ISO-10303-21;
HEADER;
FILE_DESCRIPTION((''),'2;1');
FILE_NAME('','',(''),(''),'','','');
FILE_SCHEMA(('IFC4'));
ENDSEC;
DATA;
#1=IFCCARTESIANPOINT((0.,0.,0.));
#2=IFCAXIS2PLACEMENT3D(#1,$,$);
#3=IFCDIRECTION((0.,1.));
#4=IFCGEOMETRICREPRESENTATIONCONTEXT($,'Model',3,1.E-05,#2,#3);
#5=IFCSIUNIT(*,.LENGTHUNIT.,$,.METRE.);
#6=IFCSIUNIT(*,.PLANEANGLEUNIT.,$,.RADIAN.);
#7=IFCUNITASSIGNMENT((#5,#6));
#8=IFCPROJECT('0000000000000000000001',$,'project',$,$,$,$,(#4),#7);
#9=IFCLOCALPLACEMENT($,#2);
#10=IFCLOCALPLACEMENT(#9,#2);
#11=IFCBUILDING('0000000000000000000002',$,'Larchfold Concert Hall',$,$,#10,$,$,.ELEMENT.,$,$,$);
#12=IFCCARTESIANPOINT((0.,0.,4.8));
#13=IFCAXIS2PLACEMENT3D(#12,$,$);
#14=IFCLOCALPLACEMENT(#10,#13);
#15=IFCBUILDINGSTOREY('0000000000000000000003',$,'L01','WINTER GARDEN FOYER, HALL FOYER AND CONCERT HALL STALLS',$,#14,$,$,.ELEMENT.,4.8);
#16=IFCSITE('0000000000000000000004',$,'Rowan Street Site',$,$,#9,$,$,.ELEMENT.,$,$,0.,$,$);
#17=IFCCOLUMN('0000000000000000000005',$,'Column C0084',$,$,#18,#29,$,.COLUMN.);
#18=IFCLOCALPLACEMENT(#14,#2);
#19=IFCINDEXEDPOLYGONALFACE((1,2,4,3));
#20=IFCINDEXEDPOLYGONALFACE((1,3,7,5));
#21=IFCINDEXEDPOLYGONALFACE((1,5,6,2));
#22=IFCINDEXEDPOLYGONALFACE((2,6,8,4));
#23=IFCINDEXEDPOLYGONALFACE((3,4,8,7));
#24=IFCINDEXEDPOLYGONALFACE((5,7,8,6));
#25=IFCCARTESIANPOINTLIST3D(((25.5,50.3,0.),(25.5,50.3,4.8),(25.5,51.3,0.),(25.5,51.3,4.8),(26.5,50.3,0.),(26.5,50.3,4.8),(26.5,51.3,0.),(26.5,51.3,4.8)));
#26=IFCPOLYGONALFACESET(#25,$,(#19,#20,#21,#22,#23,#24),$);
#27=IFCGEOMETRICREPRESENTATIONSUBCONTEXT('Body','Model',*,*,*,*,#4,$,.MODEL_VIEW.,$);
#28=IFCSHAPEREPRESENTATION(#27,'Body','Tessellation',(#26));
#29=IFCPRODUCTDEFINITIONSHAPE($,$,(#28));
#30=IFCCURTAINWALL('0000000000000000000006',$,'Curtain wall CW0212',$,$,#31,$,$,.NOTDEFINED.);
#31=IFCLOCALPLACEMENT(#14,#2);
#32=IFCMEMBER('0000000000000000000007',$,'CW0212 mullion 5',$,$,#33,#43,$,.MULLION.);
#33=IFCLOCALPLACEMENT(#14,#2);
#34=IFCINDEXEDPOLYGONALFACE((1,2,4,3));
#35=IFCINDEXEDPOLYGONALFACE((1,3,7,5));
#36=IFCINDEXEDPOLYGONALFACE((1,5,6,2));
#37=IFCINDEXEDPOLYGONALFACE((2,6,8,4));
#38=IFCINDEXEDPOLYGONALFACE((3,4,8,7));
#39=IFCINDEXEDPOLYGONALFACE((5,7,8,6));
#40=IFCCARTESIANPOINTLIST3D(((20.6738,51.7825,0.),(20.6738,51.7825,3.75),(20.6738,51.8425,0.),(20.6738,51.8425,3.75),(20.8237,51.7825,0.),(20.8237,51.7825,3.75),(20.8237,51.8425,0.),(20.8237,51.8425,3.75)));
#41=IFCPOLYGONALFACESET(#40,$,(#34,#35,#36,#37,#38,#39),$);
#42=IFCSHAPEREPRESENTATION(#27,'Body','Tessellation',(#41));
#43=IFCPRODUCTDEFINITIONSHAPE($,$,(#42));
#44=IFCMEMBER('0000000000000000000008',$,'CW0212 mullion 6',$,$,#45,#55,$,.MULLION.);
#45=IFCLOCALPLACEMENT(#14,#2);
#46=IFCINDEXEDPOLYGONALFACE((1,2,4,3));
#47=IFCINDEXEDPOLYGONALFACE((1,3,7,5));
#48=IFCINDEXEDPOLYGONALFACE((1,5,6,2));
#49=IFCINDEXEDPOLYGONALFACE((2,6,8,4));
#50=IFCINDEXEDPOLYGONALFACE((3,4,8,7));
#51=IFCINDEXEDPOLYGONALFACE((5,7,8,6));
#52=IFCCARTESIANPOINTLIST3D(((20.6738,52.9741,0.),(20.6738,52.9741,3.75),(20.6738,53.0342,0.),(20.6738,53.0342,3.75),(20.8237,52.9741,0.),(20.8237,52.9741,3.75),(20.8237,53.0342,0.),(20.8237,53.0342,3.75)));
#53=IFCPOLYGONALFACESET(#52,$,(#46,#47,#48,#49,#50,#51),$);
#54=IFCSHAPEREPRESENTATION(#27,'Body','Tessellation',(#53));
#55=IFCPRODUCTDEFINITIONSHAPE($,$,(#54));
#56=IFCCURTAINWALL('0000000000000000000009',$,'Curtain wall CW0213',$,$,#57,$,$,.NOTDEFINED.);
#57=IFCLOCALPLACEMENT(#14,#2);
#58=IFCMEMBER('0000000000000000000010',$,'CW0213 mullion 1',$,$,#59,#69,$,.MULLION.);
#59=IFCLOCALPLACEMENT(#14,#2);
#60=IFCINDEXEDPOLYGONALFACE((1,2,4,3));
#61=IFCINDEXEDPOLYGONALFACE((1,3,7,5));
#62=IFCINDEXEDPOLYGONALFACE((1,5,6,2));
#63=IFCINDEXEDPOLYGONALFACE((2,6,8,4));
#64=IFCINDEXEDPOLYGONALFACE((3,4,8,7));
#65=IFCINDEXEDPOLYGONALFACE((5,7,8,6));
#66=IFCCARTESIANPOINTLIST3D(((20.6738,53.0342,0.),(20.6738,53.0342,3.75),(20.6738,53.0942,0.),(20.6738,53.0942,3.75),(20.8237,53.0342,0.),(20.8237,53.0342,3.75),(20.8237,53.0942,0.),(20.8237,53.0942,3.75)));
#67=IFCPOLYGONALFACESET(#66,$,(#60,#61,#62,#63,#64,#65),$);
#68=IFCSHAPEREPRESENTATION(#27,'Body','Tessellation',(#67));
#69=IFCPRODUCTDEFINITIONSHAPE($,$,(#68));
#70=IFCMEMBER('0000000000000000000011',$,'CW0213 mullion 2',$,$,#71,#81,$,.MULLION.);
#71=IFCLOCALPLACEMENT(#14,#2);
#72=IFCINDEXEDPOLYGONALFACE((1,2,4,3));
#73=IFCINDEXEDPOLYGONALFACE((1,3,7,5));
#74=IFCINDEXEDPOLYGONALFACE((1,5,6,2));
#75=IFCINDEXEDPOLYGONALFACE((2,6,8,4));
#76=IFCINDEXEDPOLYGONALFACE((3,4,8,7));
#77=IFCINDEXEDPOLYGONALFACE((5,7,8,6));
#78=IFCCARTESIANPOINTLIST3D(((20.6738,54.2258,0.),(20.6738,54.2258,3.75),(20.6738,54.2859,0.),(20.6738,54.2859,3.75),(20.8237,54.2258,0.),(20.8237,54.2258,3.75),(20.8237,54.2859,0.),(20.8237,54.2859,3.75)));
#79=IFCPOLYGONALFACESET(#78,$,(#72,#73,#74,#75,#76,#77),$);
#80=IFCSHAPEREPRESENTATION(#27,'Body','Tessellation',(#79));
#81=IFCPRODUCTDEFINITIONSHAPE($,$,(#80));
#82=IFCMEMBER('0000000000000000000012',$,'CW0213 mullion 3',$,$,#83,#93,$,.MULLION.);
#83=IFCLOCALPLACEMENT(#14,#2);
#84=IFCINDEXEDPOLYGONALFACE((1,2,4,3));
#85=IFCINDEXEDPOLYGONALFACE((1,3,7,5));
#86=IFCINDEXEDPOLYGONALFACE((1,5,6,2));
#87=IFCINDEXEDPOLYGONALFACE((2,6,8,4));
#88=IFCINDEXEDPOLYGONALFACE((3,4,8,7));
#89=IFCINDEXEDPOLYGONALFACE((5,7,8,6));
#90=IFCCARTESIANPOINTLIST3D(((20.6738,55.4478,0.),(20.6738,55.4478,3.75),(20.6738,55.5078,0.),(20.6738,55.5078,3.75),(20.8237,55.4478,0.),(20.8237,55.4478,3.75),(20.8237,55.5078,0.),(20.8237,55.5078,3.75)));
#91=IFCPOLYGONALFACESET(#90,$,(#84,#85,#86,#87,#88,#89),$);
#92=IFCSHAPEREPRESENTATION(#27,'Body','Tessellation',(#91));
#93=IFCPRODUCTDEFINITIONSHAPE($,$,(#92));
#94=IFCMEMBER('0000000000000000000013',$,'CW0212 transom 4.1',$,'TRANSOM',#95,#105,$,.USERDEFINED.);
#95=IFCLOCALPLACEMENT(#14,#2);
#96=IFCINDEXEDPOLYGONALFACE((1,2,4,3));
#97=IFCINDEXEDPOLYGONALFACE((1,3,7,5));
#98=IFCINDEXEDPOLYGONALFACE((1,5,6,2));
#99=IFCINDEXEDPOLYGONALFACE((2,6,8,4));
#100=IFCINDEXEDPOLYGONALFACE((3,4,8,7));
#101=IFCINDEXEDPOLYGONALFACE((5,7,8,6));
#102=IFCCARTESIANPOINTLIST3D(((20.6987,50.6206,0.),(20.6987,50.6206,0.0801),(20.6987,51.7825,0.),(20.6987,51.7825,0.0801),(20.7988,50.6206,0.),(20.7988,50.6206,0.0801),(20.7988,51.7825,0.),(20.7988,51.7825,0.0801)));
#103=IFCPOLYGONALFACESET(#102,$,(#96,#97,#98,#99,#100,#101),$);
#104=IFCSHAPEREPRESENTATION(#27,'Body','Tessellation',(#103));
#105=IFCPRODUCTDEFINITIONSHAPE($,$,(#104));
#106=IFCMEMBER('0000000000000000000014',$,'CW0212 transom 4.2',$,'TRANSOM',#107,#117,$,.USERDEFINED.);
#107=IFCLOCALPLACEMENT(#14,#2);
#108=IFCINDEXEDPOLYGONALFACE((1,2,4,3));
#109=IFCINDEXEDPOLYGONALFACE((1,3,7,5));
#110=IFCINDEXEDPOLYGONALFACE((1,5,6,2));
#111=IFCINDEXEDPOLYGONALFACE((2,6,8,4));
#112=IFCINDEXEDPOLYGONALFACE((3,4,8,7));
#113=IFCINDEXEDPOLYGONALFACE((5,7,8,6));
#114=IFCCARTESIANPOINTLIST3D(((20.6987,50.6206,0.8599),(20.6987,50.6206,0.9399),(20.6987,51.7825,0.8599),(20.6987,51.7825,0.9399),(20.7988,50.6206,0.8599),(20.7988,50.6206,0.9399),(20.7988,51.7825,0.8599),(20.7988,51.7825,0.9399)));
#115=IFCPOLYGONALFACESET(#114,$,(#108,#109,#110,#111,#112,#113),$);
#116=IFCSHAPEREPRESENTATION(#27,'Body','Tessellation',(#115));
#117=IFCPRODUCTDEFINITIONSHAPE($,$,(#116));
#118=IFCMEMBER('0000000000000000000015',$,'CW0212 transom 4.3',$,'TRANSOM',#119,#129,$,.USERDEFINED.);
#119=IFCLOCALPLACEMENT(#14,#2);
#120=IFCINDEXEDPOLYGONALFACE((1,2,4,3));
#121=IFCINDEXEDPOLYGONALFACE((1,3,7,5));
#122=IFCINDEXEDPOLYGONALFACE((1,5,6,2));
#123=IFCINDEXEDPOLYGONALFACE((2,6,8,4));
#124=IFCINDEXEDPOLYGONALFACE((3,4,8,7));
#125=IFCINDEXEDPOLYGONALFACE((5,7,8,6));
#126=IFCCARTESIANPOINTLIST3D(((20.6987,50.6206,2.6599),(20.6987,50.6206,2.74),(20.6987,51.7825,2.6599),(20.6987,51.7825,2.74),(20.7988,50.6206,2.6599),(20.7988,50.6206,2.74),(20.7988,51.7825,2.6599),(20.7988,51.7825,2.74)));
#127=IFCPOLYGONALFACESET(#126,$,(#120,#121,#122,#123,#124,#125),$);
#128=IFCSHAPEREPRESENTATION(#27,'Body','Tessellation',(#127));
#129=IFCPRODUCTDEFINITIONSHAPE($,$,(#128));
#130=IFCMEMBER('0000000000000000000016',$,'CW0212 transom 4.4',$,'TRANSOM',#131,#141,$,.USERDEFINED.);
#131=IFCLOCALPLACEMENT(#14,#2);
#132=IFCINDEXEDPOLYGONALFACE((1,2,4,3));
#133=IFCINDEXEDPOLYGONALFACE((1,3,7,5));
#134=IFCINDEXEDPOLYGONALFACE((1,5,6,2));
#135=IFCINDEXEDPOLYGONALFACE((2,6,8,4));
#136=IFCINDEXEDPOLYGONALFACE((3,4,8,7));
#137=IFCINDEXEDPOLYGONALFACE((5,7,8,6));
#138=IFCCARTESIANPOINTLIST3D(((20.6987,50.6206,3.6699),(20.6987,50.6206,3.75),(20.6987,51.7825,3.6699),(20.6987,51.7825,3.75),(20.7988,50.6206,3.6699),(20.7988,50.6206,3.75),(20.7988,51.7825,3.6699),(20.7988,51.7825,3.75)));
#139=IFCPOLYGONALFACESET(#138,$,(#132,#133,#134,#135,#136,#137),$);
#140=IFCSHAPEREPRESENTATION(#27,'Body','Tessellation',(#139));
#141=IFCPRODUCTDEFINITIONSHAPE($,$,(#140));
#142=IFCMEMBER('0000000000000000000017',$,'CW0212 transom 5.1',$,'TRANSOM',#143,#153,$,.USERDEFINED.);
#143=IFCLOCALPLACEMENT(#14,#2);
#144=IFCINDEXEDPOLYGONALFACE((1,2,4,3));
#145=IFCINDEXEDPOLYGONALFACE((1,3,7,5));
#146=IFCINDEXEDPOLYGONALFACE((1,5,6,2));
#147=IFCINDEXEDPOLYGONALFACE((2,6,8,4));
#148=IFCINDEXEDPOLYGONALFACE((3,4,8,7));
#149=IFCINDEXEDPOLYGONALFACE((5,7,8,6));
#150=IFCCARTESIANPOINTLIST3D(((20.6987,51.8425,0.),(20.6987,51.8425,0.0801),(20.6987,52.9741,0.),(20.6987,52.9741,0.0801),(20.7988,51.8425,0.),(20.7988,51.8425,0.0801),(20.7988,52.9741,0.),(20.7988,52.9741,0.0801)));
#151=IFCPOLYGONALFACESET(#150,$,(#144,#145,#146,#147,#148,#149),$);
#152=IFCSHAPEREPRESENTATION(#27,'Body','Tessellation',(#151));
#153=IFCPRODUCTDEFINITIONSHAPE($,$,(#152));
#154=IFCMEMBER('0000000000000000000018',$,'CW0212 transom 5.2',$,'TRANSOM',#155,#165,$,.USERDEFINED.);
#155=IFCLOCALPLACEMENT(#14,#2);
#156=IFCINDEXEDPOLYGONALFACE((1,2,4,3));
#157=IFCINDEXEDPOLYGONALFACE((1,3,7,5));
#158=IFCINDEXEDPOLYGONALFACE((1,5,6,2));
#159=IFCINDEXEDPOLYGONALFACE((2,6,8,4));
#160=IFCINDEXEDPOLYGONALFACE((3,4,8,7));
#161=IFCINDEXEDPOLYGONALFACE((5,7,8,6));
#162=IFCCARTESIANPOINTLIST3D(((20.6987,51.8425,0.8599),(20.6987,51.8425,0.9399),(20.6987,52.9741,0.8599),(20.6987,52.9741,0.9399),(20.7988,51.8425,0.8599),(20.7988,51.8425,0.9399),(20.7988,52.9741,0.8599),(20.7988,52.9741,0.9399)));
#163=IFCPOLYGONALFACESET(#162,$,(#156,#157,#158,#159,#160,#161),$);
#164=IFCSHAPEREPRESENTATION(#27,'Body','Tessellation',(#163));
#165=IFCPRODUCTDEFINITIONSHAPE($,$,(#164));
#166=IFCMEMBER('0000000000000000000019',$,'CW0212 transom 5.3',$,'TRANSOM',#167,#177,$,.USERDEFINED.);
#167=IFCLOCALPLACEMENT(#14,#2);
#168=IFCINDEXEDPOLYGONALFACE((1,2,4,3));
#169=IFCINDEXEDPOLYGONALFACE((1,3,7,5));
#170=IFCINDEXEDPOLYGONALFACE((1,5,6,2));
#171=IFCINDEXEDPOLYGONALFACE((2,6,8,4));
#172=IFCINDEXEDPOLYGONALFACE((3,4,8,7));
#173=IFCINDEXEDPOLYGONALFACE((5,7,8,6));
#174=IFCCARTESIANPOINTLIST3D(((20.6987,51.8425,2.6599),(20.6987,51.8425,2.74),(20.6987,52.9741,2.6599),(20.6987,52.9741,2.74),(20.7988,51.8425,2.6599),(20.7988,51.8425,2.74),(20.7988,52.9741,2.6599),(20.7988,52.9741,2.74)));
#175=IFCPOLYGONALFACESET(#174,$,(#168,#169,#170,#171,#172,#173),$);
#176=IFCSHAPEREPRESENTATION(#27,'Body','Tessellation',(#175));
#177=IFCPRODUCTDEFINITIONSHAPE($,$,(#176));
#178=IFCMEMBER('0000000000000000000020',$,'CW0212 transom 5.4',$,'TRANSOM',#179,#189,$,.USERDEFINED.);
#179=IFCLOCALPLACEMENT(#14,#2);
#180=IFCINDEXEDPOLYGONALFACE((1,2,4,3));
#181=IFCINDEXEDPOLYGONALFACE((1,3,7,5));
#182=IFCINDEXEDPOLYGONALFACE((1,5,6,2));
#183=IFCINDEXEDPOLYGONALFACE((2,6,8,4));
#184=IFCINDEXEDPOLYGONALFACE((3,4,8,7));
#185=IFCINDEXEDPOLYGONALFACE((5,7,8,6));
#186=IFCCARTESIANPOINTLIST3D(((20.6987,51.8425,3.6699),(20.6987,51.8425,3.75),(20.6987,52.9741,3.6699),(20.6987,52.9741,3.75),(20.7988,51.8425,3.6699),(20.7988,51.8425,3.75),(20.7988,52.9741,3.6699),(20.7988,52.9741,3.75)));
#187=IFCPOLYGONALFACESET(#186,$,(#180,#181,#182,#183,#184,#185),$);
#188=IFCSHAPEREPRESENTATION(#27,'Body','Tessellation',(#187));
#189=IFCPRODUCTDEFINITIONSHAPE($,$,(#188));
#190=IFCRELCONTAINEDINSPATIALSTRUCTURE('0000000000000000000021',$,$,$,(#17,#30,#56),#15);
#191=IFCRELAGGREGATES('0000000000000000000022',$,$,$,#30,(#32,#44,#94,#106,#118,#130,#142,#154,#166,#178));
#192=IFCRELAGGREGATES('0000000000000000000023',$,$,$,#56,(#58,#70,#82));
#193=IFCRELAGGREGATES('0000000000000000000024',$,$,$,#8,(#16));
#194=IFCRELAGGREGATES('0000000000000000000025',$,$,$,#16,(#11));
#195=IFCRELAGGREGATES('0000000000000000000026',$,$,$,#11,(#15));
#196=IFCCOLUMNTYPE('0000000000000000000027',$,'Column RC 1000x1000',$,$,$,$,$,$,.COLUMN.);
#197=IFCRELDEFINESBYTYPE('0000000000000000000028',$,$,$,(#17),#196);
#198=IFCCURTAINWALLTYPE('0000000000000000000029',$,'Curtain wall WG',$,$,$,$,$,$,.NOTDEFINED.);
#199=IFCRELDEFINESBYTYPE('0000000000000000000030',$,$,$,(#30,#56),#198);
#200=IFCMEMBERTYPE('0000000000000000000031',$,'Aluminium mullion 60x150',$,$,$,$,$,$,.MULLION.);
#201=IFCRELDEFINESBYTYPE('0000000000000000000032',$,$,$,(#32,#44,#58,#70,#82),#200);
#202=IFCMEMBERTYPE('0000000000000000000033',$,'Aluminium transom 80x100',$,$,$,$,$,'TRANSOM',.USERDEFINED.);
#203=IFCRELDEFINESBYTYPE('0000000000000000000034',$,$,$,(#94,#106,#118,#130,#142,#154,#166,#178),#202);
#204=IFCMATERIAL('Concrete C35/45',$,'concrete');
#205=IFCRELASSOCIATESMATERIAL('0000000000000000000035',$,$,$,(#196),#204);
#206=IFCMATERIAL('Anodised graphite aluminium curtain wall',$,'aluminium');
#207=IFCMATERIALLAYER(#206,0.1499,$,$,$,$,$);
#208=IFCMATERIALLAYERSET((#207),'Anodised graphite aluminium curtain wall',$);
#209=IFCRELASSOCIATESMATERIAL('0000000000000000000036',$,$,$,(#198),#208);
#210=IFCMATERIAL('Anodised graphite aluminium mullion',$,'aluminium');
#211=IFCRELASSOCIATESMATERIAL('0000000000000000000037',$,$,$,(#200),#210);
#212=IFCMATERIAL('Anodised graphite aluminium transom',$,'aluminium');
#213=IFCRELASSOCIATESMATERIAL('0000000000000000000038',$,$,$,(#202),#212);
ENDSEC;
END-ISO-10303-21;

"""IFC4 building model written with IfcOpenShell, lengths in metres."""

from ifc_helpers import new_model, si_unit, direction, frame, origin, origin_2d, place, context, subcontext, project, spatial, rectangle, extrude, material, layer, layer_set, material_profile, profile_set, type_object, element, aggregate, save


model = new_model("IFC4")

# Units and contexts
model_context = context("Model", 3, precision=1e-05, world=origin(), true_north=direction((0.0, 1.0)))
body_context = subcontext(model_context, "Body", "Model", "MODEL_VIEW")
ifc_project = project(units=[si_unit("LENGTHUNIT", "METRE"), si_unit("PLANEANGLEUNIT", "RADIAN")], contexts=[model_context])

# Site, building, storey
site_placement = place(None, origin())
site = spatial("IfcSite", under=ifc_project, at=site_placement, Name="Rowan Street Site", CompositionType="ELEMENT", RefElevation=0.0)
building_placement = place(site_placement, origin())
building = spatial("IfcBuilding", under=site, at=building_placement, Name="Larchfold Concert Hall", CompositionType="ELEMENT")
storey_placement = place(building_placement, frame((0.0, 0.0, 4.8)))
storey = spatial("IfcBuildingStorey", under=building, at=storey_placement, Name="L01", Description="WINTER GARDEN FOYER, HALL FOYER AND CONCERT HALL STALLS", CompositionType="ELEMENT", Elevation=4.8)

# Column
ifc_material_1 = material(Name="Concrete C35/45", Category="concrete")
ifc_material_profile_1 = material_profile(ifc_material_1, rectangle(XDim=1.0, YDim=1.0, at=origin_2d()))
ifc_profile_set_1 = profile_set([ifc_material_profile_1], Name="Concrete C35/45")
column_type = type_object("IfcColumnType", Name="Column RC 1000x1000", PredefinedType="COLUMN", material=ifc_profile_set_1)
column_placement = place(storey_placement, frame((26.0, 50.8, 0.0), z_axis=(0.0, 0.0, 1.0), x_axis=(1.0, 0.0, 0.0)))
element("IfcColumn", 1, at=column_placement, inside=storey, type_object=column_type, Name="Column C0084", PredefinedType="COLUMN", context=body_context, shape_type="SweptSolid", body=[
    extrude(rectangle(XDim=1.0, YDim=1.0, at=origin_2d()), origin(), (0.0, 0.0, 1.0), 4.8),
])

# Curtain walls, members
ifc_material_2 = material(Name="Anodised graphite aluminium curtain wall", Category="aluminium")
ifc_layer_1 = layer(ifc_material_2, 0.1499)
ifc_layer_set_1 = layer_set([ifc_layer_1], Name="Anodised graphite aluminium curtain wall")
curtain_wall_type = type_object("IfcCurtainWallType", Name="Curtain wall WG", PredefinedType="NOTDEFINED", material=ifc_layer_set_1)
curtain_wall_1_placement = place(storey_placement, origin())
curtain_wall_1 = element("IfcCurtainWall", 2, at=curtain_wall_1_placement, inside=storey, type_object=curtain_wall_type, Name="Curtain wall CW0212", PredefinedType="NOTDEFINED")
ifc_material_3 = material(Name="Anodised graphite aluminium mullion", Category="aluminium")
ifc_material_profile_2 = material_profile(ifc_material_3, rectangle(XDim=0.1499, YDim=0.0601, at=origin_2d()))
ifc_profile_set_2 = profile_set([ifc_material_profile_2], Name="Anodised graphite aluminium mullion")
member_type_1 = type_object("IfcMemberType", Name="Aluminium mullion 60x150", PredefinedType="MULLION", material=ifc_profile_set_2)
member_1_placement = place(storey_placement, frame((20.7488, 51.8125, 0.0), z_axis=(0.0, 0.0, 1.0), x_axis=(-1.0, 0.0, 0.0)))
member_1 = element("IfcMember", 3, at=member_1_placement, type_object=member_type_1, Name="CW0212 mullion 5", PredefinedType="MULLION", context=body_context, shape_type="SweptSolid", body=[
    extrude(rectangle(XDim=0.1499, YDim=0.0601, at=origin_2d()), origin(), (0.0, 0.0, 1.0), 3.75),
])
member_2_placement = place(storey_placement, frame((20.7488, 53.0042, 0.0), z_axis=(0.0, 0.0, 1.0), x_axis=(-1.0, 0.0, 0.0)))
member_2 = element("IfcMember", 4, at=member_2_placement, type_object=member_type_1, Name="CW0212 mullion 6", PredefinedType="MULLION", context=body_context, shape_type="SweptSolid", body=[
    extrude(rectangle(XDim=0.1499, YDim=0.0601, at=origin_2d()), origin(), (0.0, 0.0, 1.0), 3.75),
])
curtain_wall_2_placement = place(storey_placement, origin())
curtain_wall_2 = element("IfcCurtainWall", 5, at=curtain_wall_2_placement, inside=storey, type_object=curtain_wall_type, Name="Curtain wall CW0213", PredefinedType="NOTDEFINED")
member_3_placement = place(storey_placement, frame((20.7488, 53.0642, 0.0), z_axis=(0.0, 0.0, 1.0), x_axis=(-1.0, 0.0, 0.0)))
member_3 = element("IfcMember", 6, at=member_3_placement, type_object=member_type_1, Name="CW0213 mullion 1", PredefinedType="MULLION", context=body_context, shape_type="SweptSolid", body=[
    extrude(rectangle(XDim=0.1499, YDim=0.0601, at=origin_2d()), origin(), (0.0, 0.0, 1.0), 3.75),
])
member_4_placement = place(storey_placement, frame((20.7488, 54.2559, 0.0), z_axis=(0.0, 0.0, 1.0), x_axis=(-1.0, 0.0, 0.0)))
member_4 = element("IfcMember", 7, at=member_4_placement, type_object=member_type_1, Name="CW0213 mullion 2", PredefinedType="MULLION", context=body_context, shape_type="SweptSolid", body=[
    extrude(rectangle(XDim=0.1499, YDim=0.0601, at=origin_2d()), origin(), (0.0, 0.0, 1.0), 3.75),
])
member_5_placement = place(storey_placement, frame((20.7488, 55.4778, 0.0), z_axis=(0.0, 0.0, 1.0), x_axis=(-1.0, 0.0, 0.0)))
member_5 = element("IfcMember", 8, at=member_5_placement, type_object=member_type_1, Name="CW0213 mullion 3", PredefinedType="MULLION", context=body_context, shape_type="SweptSolid", body=[
    extrude(rectangle(XDim=0.1499, YDim=0.0601, at=origin_2d()), origin(), (0.0, 0.0, 1.0), 3.75),
])

# Members
ifc_material_4 = material(Name="Anodised graphite aluminium transom", Category="aluminium")
ifc_material_profile_3 = material_profile(ifc_material_4, rectangle(XDim=0.1001, YDim=0.0801, at=origin_2d()))
ifc_profile_set_3 = profile_set([ifc_material_profile_3], Name="Anodised graphite aluminium transom")
member_type_2 = type_object("IfcMemberType", Name="Aluminium transom 80x100", ElementType="TRANSOM", PredefinedType="USERDEFINED", material=ifc_profile_set_3)
member_6_placement = place(storey_placement, frame((20.7488, 50.6206, 0.04), z_axis=(0.0, 1.0, 0.0), x_axis=(-1.0, 0.0, 0.0)))
member_6 = element("IfcMember", 9, at=member_6_placement, type_object=member_type_2, Name="CW0212 transom 4.1", ObjectType="TRANSOM", PredefinedType="USERDEFINED", context=body_context, shape_type="SweptSolid", body=[
    extrude(rectangle(XDim=0.1001, YDim=0.0801, at=origin_2d()), origin(), (0.0, 0.0, 1.0), 1.1619),
])
member_7_placement = place(storey_placement, frame((20.7488, 50.6206, 0.8999), z_axis=(0.0, 1.0, 0.0), x_axis=(-1.0, 0.0, 0.0)))
member_7 = element("IfcMember", 10, at=member_7_placement, type_object=member_type_2, Name="CW0212 transom 4.2", ObjectType="TRANSOM", PredefinedType="USERDEFINED", context=body_context, shape_type="SweptSolid", body=[
    extrude(rectangle(XDim=0.1001, YDim=0.0801, at=origin_2d()), origin(), (0.0, 0.0, 1.0), 1.1619),
])
member_8_placement = place(storey_placement, frame((20.7488, 50.6206, 2.7), z_axis=(0.0, 1.0, 0.0), x_axis=(-1.0, 0.0, 0.0)))
member_8 = element("IfcMember", 11, at=member_8_placement, type_object=member_type_2, Name="CW0212 transom 4.3", ObjectType="TRANSOM", PredefinedType="USERDEFINED", context=body_context, shape_type="SweptSolid", body=[
    extrude(rectangle(XDim=0.1001, YDim=0.0801, at=origin_2d()), origin(), (0.0, 0.0, 1.0), 1.1619),
])
member_9_placement = place(storey_placement, frame((20.7488, 50.6206, 3.71), z_axis=(0.0, 1.0, 0.0), x_axis=(-1.0, 0.0, 0.0)))
member_9 = element("IfcMember", 12, at=member_9_placement, type_object=member_type_2, Name="CW0212 transom 4.4", ObjectType="TRANSOM", PredefinedType="USERDEFINED", context=body_context, shape_type="SweptSolid", body=[
    extrude(rectangle(XDim=0.1001, YDim=0.0801, at=origin_2d()), origin(), (0.0, 0.0, 1.0), 1.1619),
])
member_10_placement = place(storey_placement, frame((20.7488, 51.8425, 0.04), z_axis=(0.0, 1.0, 0.0), x_axis=(-1.0, 0.0, 0.0)))
member_10 = element("IfcMember", 13, at=member_10_placement, type_object=member_type_2, Name="CW0212 transom 5.1", ObjectType="TRANSOM", PredefinedType="USERDEFINED", context=body_context, shape_type="SweptSolid", body=[
    extrude(rectangle(XDim=0.1001, YDim=0.0801, at=origin_2d()), origin(), (0.0, 0.0, 1.0), 1.1316),
])
member_11_placement = place(storey_placement, frame((20.7488, 51.8425, 0.8999), z_axis=(0.0, 1.0, 0.0), x_axis=(-1.0, 0.0, 0.0)))
member_11 = element("IfcMember", 14, at=member_11_placement, type_object=member_type_2, Name="CW0212 transom 5.2", ObjectType="TRANSOM", PredefinedType="USERDEFINED", context=body_context, shape_type="SweptSolid", body=[
    extrude(rectangle(XDim=0.1001, YDim=0.0801, at=origin_2d()), origin(), (0.0, 0.0, 1.0), 1.1316),
])
member_12_placement = place(storey_placement, frame((20.7488, 51.8425, 2.7), z_axis=(0.0, 1.0, 0.0), x_axis=(-1.0, 0.0, 0.0)))
member_12 = element("IfcMember", 15, at=member_12_placement, type_object=member_type_2, Name="CW0212 transom 5.3", ObjectType="TRANSOM", PredefinedType="USERDEFINED", context=body_context, shape_type="SweptSolid", body=[
    extrude(rectangle(XDim=0.1001, YDim=0.0801, at=origin_2d()), origin(), (0.0, 0.0, 1.0), 1.1316),
])
member_13_placement = place(storey_placement, frame((20.7488, 51.8425, 3.71), z_axis=(0.0, 1.0, 0.0), x_axis=(-1.0, 0.0, 0.0)))
member_13 = element("IfcMember", 16, at=member_13_placement, type_object=member_type_2, Name="CW0212 transom 5.4", ObjectType="TRANSOM", PredefinedType="USERDEFINED", context=body_context, shape_type="SweptSolid", body=[
    extrude(rectangle(XDim=0.1001, YDim=0.0801, at=origin_2d()), origin(), (0.0, 0.0, 1.0), 1.1316),
])

aggregate(curtain_wall_1, [member_1, member_2, member_6, member_7, member_8, member_9, member_10, member_11, member_12, member_13])
aggregate(curtain_wall_2, [member_3, member_4, member_5])

save(model, "model.ifc")
